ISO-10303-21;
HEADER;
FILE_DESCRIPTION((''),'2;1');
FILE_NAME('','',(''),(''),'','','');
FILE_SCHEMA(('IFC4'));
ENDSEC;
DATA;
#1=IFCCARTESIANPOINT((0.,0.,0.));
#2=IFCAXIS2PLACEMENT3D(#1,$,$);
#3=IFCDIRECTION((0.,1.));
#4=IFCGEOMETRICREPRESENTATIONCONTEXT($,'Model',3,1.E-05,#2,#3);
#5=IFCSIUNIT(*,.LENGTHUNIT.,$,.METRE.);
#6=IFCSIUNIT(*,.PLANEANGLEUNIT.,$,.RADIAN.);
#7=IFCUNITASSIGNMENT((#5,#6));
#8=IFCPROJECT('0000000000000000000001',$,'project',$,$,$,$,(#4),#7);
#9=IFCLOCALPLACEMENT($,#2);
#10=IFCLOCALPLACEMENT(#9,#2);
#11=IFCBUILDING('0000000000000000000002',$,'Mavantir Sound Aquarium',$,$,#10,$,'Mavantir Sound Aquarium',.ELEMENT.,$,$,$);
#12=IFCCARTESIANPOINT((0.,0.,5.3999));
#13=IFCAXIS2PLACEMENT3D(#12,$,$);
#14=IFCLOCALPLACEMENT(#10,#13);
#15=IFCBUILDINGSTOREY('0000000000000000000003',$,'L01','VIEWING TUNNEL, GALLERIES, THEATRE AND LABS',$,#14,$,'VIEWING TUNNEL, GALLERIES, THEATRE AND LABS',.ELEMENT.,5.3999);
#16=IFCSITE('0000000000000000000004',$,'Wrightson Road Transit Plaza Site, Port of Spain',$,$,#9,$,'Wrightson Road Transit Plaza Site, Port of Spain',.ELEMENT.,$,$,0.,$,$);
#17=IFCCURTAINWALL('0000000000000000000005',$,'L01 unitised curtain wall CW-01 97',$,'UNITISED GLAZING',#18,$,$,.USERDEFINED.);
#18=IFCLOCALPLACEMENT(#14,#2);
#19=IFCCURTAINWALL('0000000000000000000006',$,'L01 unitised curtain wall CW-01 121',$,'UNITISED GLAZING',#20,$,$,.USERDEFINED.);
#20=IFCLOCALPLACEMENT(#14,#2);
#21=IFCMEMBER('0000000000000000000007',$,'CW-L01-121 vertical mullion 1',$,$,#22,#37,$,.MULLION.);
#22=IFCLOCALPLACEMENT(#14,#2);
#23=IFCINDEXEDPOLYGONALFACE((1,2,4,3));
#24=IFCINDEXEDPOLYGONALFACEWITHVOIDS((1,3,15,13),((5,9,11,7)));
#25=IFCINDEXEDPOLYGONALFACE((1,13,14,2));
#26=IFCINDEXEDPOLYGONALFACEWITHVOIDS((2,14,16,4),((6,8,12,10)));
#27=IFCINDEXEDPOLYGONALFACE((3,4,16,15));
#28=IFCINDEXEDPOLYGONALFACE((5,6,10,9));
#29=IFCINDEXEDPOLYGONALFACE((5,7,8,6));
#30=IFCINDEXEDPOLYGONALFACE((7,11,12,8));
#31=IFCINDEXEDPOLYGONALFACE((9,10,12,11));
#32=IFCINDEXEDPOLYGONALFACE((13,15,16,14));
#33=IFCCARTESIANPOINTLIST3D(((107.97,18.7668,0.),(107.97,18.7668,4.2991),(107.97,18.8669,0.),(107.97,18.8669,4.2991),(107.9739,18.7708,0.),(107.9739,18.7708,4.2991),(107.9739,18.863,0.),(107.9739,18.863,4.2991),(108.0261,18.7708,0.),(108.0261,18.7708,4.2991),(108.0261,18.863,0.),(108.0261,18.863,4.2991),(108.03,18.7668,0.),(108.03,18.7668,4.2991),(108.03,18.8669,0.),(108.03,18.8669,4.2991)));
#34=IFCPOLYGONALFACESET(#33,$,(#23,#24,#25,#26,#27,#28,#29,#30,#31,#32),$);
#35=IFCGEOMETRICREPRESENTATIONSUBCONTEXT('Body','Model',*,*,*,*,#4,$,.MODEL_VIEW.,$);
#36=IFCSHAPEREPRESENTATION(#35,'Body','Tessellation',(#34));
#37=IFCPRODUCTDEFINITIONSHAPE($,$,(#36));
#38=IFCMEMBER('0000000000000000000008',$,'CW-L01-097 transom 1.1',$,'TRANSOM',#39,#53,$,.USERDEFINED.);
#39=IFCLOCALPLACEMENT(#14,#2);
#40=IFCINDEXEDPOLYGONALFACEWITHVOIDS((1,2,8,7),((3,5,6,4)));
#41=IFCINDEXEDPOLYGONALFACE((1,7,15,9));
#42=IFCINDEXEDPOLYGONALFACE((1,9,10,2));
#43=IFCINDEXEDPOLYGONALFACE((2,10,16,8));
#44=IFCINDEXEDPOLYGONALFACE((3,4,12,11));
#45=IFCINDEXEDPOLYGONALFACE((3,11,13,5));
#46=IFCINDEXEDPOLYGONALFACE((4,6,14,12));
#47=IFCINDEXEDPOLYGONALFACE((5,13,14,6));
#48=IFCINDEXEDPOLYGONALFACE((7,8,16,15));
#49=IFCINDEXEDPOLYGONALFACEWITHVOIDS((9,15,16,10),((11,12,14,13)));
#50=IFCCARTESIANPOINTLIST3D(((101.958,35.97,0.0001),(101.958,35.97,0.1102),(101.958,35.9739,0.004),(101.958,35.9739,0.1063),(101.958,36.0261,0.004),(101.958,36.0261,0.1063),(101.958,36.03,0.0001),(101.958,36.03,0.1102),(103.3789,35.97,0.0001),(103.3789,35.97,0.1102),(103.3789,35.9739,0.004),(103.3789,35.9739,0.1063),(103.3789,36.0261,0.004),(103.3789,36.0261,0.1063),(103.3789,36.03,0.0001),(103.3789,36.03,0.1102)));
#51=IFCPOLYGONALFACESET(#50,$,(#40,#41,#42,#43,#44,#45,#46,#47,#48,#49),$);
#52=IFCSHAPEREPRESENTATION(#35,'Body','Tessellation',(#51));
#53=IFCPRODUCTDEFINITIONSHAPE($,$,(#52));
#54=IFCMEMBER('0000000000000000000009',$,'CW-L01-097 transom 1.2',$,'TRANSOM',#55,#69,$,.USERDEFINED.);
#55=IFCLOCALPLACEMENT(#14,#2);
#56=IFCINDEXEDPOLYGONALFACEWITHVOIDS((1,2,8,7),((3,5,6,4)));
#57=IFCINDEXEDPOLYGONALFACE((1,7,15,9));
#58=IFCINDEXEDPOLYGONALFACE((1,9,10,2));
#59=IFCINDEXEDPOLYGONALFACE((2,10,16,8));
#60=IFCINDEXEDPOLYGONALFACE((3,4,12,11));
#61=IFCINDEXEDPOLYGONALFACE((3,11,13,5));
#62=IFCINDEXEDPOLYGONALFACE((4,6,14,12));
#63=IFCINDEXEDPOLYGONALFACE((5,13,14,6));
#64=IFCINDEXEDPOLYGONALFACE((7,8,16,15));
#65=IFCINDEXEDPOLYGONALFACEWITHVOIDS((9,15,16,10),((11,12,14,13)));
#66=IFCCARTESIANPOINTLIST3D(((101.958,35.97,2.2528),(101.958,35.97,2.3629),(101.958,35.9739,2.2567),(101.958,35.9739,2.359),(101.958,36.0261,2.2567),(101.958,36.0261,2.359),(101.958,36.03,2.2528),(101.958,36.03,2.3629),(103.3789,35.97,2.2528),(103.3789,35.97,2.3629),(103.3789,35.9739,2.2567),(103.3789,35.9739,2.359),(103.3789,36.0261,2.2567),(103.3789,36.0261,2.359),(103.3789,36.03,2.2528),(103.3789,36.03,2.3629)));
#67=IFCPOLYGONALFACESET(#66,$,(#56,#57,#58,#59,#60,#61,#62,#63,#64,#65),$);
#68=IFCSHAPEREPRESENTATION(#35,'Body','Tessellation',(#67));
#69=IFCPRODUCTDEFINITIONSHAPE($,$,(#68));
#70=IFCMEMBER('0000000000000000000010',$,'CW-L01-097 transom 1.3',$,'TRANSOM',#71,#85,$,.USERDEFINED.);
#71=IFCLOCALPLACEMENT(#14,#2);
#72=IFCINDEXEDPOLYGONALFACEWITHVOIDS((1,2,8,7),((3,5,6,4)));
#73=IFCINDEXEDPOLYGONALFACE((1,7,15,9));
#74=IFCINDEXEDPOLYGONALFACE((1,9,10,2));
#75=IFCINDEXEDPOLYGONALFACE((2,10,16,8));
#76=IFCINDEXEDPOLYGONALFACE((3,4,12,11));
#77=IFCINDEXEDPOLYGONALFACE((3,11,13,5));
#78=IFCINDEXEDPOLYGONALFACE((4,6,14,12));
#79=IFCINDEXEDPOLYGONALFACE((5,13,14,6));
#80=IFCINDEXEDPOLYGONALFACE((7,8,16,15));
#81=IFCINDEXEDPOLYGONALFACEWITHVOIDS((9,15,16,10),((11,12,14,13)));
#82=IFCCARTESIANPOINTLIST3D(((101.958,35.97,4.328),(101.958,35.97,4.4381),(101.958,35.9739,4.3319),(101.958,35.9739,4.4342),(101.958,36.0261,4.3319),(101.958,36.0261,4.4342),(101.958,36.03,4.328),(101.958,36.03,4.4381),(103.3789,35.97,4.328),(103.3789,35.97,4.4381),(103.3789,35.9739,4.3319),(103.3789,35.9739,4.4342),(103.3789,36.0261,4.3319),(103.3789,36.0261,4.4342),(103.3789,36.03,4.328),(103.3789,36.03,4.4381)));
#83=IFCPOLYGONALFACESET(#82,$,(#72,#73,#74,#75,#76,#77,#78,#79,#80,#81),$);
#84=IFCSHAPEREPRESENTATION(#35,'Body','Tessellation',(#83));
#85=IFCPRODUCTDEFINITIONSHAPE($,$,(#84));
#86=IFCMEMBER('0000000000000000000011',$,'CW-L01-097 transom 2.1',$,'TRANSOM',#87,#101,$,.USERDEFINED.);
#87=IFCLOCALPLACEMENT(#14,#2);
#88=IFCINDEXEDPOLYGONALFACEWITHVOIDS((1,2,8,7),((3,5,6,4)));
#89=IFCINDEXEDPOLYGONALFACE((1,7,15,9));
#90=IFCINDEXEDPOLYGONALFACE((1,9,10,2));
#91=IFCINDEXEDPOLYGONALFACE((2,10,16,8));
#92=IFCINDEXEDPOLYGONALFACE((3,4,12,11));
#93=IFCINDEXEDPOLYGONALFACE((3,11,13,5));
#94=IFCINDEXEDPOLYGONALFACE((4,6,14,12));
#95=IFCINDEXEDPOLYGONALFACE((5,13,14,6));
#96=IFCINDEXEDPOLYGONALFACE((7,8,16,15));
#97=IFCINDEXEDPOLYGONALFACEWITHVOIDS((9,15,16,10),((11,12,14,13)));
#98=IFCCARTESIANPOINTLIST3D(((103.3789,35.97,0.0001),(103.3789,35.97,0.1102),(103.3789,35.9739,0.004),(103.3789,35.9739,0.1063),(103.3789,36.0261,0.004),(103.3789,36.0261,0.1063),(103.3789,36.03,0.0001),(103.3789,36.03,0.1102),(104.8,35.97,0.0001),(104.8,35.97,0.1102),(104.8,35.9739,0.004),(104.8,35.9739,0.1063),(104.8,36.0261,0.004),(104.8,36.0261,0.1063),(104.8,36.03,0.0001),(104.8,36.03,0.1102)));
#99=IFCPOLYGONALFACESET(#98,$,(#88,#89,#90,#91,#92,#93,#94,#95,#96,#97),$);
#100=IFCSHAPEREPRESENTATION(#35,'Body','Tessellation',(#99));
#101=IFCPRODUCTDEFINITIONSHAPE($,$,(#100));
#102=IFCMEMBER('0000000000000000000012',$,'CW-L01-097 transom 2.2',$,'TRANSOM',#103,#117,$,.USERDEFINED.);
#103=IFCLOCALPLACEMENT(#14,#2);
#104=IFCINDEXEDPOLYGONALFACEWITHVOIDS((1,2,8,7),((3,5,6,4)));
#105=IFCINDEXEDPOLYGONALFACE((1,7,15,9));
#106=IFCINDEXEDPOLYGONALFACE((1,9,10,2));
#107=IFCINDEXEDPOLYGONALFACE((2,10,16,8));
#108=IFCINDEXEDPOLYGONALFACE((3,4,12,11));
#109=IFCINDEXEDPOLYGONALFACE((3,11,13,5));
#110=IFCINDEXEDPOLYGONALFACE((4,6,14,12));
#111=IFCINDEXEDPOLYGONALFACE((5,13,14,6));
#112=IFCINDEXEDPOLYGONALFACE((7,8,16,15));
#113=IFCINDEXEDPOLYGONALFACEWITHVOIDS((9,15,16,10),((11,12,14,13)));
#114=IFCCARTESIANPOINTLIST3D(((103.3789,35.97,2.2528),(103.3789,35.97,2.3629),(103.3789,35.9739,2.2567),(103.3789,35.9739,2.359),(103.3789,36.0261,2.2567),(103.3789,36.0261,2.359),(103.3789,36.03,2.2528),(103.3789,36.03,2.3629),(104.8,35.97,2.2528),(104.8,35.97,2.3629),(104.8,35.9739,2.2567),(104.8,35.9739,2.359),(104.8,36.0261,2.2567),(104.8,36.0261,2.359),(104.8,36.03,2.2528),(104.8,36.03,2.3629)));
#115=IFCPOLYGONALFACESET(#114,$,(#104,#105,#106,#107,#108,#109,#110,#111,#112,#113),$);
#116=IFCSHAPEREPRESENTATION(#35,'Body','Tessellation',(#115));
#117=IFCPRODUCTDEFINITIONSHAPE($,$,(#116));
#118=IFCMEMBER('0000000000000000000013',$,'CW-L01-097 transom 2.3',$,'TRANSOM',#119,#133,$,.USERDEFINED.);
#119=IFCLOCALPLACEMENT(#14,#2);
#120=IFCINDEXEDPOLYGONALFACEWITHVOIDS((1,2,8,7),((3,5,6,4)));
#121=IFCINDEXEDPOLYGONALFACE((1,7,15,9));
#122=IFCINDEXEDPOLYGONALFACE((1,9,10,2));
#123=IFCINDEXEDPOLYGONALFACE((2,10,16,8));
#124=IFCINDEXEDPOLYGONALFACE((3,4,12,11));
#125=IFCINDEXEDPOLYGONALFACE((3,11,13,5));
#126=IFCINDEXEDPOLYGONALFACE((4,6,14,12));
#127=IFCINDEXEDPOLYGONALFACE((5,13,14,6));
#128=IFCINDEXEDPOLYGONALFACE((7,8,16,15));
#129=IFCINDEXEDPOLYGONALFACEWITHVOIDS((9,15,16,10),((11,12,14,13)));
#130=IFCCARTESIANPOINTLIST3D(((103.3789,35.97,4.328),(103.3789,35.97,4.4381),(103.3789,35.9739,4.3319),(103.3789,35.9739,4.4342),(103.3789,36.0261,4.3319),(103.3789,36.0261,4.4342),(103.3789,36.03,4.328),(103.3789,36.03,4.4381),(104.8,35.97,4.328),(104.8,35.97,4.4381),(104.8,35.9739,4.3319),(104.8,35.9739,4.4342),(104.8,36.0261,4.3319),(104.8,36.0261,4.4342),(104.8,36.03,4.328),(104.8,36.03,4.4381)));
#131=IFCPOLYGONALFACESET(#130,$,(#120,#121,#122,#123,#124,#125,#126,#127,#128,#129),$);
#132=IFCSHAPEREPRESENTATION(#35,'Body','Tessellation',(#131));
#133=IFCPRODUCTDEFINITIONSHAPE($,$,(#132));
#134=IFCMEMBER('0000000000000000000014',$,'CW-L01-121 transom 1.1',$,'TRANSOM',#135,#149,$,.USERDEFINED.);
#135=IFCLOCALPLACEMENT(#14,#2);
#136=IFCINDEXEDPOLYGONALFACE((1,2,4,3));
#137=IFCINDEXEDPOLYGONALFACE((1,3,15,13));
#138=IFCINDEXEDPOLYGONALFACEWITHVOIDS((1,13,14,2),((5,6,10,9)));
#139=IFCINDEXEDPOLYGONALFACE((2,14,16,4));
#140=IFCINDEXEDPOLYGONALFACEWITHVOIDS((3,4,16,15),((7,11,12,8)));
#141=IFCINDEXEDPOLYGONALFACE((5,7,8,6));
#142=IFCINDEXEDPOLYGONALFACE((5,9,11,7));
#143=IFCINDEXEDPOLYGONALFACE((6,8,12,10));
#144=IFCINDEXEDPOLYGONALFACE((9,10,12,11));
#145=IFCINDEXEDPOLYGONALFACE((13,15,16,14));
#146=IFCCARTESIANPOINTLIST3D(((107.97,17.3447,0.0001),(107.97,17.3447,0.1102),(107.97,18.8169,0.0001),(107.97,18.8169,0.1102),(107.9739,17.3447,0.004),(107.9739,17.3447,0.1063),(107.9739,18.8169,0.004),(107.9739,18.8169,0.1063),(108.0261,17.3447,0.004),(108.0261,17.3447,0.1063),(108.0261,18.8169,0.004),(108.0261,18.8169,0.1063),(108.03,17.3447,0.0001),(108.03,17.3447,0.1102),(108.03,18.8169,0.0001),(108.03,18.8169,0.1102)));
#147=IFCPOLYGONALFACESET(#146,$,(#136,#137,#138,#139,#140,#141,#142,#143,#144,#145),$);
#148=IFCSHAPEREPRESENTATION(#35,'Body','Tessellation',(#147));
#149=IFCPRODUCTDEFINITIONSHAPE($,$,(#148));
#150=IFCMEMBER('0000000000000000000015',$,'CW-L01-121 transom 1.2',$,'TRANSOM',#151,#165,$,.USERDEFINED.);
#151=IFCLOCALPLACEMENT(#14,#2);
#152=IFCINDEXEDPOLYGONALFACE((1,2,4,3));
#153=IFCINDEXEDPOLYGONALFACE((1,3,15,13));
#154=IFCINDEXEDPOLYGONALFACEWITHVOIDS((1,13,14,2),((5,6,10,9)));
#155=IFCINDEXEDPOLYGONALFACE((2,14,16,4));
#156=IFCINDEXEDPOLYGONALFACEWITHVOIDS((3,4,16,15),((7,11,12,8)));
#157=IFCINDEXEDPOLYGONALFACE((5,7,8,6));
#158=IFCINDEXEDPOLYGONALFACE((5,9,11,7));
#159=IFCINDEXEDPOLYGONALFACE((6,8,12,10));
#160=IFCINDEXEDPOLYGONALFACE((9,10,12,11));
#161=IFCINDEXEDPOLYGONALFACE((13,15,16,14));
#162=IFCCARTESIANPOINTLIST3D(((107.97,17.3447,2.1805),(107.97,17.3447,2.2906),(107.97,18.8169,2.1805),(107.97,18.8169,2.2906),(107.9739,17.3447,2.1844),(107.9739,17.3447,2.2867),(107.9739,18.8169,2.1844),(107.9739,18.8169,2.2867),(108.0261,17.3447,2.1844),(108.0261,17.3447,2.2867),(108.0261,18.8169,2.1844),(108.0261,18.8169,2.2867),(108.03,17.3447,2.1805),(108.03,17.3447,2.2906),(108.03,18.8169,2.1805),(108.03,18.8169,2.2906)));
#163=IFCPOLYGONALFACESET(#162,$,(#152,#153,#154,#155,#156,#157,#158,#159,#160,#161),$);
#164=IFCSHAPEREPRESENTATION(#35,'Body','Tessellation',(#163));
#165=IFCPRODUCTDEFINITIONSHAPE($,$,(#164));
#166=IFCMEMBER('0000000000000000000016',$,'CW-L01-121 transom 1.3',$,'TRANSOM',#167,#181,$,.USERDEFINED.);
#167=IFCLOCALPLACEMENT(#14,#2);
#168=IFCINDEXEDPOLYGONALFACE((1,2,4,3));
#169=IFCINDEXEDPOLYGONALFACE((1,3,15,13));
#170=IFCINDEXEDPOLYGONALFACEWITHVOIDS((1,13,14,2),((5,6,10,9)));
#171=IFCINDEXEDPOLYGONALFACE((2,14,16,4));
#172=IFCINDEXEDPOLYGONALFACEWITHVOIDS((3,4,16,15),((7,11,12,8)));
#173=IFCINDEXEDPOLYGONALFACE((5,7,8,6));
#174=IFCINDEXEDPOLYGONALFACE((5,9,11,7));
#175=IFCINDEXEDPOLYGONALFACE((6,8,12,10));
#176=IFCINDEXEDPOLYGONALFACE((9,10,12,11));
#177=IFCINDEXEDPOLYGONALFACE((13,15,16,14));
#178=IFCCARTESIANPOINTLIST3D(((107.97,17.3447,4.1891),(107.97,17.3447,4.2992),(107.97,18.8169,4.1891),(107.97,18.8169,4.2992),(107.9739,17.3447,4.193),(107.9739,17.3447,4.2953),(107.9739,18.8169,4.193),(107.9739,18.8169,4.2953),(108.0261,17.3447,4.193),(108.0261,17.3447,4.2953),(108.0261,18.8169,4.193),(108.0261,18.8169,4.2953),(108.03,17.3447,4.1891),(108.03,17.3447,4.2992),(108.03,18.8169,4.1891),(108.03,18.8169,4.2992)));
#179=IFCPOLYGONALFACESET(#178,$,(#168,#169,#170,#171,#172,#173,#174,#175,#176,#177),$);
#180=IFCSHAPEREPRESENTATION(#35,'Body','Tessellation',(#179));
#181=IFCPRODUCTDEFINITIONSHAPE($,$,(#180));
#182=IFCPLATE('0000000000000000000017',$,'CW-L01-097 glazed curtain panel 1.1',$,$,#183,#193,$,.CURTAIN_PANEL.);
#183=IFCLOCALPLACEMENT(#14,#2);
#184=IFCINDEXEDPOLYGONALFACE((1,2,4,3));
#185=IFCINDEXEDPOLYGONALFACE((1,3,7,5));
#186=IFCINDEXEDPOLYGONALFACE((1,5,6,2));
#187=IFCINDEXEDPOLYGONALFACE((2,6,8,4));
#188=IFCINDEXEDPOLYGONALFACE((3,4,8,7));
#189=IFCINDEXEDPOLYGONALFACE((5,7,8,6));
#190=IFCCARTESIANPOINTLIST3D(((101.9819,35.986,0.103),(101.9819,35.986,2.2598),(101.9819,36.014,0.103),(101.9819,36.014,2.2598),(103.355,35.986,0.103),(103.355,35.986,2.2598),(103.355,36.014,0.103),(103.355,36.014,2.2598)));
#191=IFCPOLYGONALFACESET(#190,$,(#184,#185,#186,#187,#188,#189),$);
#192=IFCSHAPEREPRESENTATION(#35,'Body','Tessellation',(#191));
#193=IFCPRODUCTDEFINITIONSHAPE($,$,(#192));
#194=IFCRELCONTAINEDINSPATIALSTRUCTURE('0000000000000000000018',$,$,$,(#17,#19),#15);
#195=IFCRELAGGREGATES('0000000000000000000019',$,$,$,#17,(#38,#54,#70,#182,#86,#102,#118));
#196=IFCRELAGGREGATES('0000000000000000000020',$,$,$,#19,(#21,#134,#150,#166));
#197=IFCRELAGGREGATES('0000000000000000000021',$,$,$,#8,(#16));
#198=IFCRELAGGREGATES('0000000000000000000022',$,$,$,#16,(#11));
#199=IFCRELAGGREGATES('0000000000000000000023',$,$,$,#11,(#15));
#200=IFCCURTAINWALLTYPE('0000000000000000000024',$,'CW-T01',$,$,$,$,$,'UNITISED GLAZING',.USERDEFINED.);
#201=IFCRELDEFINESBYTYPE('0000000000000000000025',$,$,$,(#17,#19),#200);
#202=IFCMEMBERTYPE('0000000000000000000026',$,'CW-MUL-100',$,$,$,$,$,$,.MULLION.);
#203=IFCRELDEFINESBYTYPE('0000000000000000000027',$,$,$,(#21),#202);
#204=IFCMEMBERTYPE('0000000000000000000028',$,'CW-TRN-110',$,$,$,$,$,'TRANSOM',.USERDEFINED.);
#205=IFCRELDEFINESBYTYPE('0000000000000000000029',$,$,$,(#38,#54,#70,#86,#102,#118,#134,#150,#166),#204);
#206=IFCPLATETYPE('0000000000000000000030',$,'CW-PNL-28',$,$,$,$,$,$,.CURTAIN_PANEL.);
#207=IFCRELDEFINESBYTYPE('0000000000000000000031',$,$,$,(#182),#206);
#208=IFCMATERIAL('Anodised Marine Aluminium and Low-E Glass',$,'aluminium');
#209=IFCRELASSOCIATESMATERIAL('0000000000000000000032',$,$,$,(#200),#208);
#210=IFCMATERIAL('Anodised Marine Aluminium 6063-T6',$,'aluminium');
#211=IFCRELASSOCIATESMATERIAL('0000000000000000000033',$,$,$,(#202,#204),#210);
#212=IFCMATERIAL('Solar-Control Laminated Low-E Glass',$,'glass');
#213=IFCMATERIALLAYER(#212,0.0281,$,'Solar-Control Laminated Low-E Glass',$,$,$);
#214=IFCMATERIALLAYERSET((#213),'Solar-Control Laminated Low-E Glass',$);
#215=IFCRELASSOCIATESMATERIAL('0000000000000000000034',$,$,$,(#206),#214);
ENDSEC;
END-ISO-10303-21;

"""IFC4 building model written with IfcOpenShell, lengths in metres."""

from ifc_helpers import new_model, si_unit, direction, frame, origin, origin_2d, place, context, subcontext, project, spatial, rectangle, hollow_rectangle, extrude, material, layer, layer_set, material_profile, profile_set, type_object, element, aggregate, save


model = new_model("IFC4")

# Units and contexts
model_context = context("Model", 3, precision=1e-05, world=origin(), true_north=direction((0.0, 1.0)))
body_context = subcontext(model_context, "Body", "Model", "MODEL_VIEW")
ifc_project = project(units=[si_unit("LENGTHUNIT", "METRE"), si_unit("PLANEANGLEUNIT", "RADIAN")], contexts=[model_context])

# Site, building, storey
site_placement = place(None, origin())
site = spatial("IfcSite", under=ifc_project, at=site_placement, Name="Wrightson Road Transit Plaza Site, Port of Spain", LongName="Wrightson Road Transit Plaza Site, Port of Spain", CompositionType="ELEMENT", RefElevation=0.0)
building_placement = place(site_placement, origin())
building = spatial("IfcBuilding", under=site, at=building_placement, Name="Mavantir Sound Aquarium", LongName="Mavantir Sound Aquarium", CompositionType="ELEMENT")
storey_placement = place(building_placement, frame((0.0, 0.0, 5.3999)))
storey = spatial("IfcBuildingStorey", under=building, at=storey_placement, Name="L01", Description="VIEWING TUNNEL, GALLERIES, THEATRE AND LABS", LongName="VIEWING TUNNEL, GALLERIES, THEATRE AND LABS", CompositionType="ELEMENT", Elevation=5.3999)

# Curtain wall
ifc_material_1 = material(Name="Anodised Marine Aluminium and Low-E Glass", Category="aluminium")
curtain_wall_type = type_object("IfcCurtainWallType", Name="CW-T01", ElementType="UNITISED GLAZING", PredefinedType="USERDEFINED", material=ifc_material_1)
curtain_wall_1_placement = place(storey_placement, origin())
curtain_wall_1 = element("IfcCurtainWall", 1, at=curtain_wall_1_placement, inside=storey, type_object=curtain_wall_type, Name="L01 unitised curtain wall CW-01 97", ObjectType="UNITISED GLAZING", PredefinedType="USERDEFINED")
ifc_material_2 = material(Name="Anodised Marine Aluminium 6063-T6", Category="aluminium")
ifc_material_profile_1 = material_profile(ifc_material_2, hollow_rectangle(XDim=0.0601, YDim=0.1001, WallThickness=0.0039, at=origin_2d()), Name="ALU-MULLION-100X60")
ifc_profile_set_1 = profile_set([ifc_material_profile_1], Name="Anodised Marine Aluminium 6063-T6")
member_type_1 = type_object("IfcMemberType", Name="CW-MUL-100", PredefinedType="MULLION", material=ifc_profile_set_1)

# Curtain wall, member
curtain_wall_2_placement = place(storey_placement, origin())
curtain_wall_2 = element("IfcCurtainWall", 2, at=curtain_wall_2_placement, inside=storey, type_object=curtain_wall_type, Name="L01 unitised curtain wall CW-01 121", ObjectType="UNITISED GLAZING", PredefinedType="USERDEFINED")
member_1_placement = place(storey_placement, frame((108.0, 18.8169, 0.0), z_axis=(0.0, 0.0, 1.0), x_axis=(1.0, 0.0, 0.0)))
member_1 = element("IfcMember", 3, at=member_1_placement, type_object=member_type_1, Name="CW-L01-121 vertical mullion 1", PredefinedType="MULLION", context=body_context, shape_type="SweptSolid", body=[
    extrude(hollow_rectangle(XDim=0.0601, YDim=0.1001, WallThickness=0.0039, at=origin_2d()), origin(), (0.0, 0.0, 1.0), 4.2991),
])

# Members
ifc_material_profile_2 = material_profile(ifc_material_2, hollow_rectangle(XDim=0.0601, YDim=0.1101, WallThickness=0.0039, at=origin_2d()), Name="ALU-TRANSOM-110X60")
ifc_profile_set_2 = profile_set([ifc_material_profile_2], Name="Anodised Marine Aluminium 6063-T6")
member_type_2 = type_object("IfcMemberType", Name="CW-TRN-110", ElementType="TRANSOM", PredefinedType="USERDEFINED", material=ifc_profile_set_2)
member_2_placement = place(storey_placement, frame((101.958, 36.0, 0.0552), z_axis=(1.0, 0.0, 0.0), x_axis=(0.0, 1.0, 0.0)))
member_2 = element("IfcMember", 4, at=member_2_placement, type_object=member_type_2, Name="CW-L01-097 transom 1.1", ObjectType="TRANSOM", PredefinedType="USERDEFINED", context=body_context, shape_type="SweptSolid", body=[
    extrude(hollow_rectangle(XDim=0.0601, YDim=0.1101, WallThickness=0.0039, at=origin_2d()), origin(), (0.0, 0.0, 1.0), 1.4209),
])
member_3_placement = place(storey_placement, frame((101.958, 36.0, 2.3079), z_axis=(1.0, 0.0, 0.0), x_axis=(0.0, 1.0, 0.0)))
member_3 = element("IfcMember", 5, at=member_3_placement, type_object=member_type_2, Name="CW-L01-097 transom 1.2", ObjectType="TRANSOM", PredefinedType="USERDEFINED", context=body_context, shape_type="SweptSolid", body=[
    extrude(hollow_rectangle(XDim=0.0601, YDim=0.1101, WallThickness=0.0039, at=origin_2d()), origin(), (0.0, 0.0, 1.0), 1.4209),
])
member_4_placement = place(storey_placement, frame((101.958, 36.0, 4.3831), z_axis=(1.0, 0.0, 0.0), x_axis=(0.0, 1.0, 0.0)))
member_4 = element("IfcMember", 6, at=member_4_placement, type_object=member_type_2, Name="CW-L01-097 transom 1.3", ObjectType="TRANSOM", PredefinedType="USERDEFINED", context=body_context, shape_type="SweptSolid", body=[
    extrude(hollow_rectangle(XDim=0.0601, YDim=0.1101, WallThickness=0.0039, at=origin_2d()), origin(), (0.0, 0.0, 1.0), 1.4209),
])
member_5_placement = place(storey_placement, frame((103.3789, 36.0, 0.0552), z_axis=(1.0, 0.0, 0.0), x_axis=(0.0, 1.0, 0.0)))
member_5 = element("IfcMember", 7, at=member_5_placement, type_object=member_type_2, Name="CW-L01-097 transom 2.1", ObjectType="TRANSOM", PredefinedType="USERDEFINED", context=body_context, shape_type="SweptSolid", body=[
    extrude(hollow_rectangle(XDim=0.0601, YDim=0.1101, WallThickness=0.0039, at=origin_2d()), origin(), (0.0, 0.0, 1.0), 1.4211),
])
member_6_placement = place(storey_placement, frame((103.3789, 36.0, 2.3079), z_axis=(1.0, 0.0, 0.0), x_axis=(0.0, 1.0, 0.0)))
member_6 = element("IfcMember", 8, at=member_6_placement, type_object=member_type_2, Name="CW-L01-097 transom 2.2", ObjectType="TRANSOM", PredefinedType="USERDEFINED", context=body_context, shape_type="SweptSolid", body=[
    extrude(hollow_rectangle(XDim=0.0601, YDim=0.1101, WallThickness=0.0039, at=origin_2d()), origin(), (0.0, 0.0, 1.0), 1.4211),
])
member_7_placement = place(storey_placement, frame((103.3789, 36.0, 4.3831), z_axis=(1.0, 0.0, 0.0), x_axis=(0.0, 1.0, 0.0)))
member_7 = element("IfcMember", 9, at=member_7_placement, type_object=member_type_2, Name="CW-L01-097 transom 2.3", ObjectType="TRANSOM", PredefinedType="USERDEFINED", context=body_context, shape_type="SweptSolid", body=[
    extrude(hollow_rectangle(XDim=0.0601, YDim=0.1101, WallThickness=0.0039, at=origin_2d()), origin(), (0.0, 0.0, 1.0), 1.4211),
])
member_8_placement = place(storey_placement, frame((108.0, 18.8169, 0.0552), z_axis=(0.0, -1.0, 0.0), x_axis=(1.0, 0.0, 0.0)))
member_8 = element("IfcMember", 10, at=member_8_placement, type_object=member_type_2, Name="CW-L01-121 transom 1.1", ObjectType="TRANSOM", PredefinedType="USERDEFINED", context=body_context, shape_type="SweptSolid", body=[
    extrude(hollow_rectangle(XDim=0.0601, YDim=0.1101, WallThickness=0.0039, at=origin_2d()), origin(), (0.0, 0.0, 1.0), 1.4722),
])
member_9_placement = place(storey_placement, frame((108.0, 18.8169, 2.2356), z_axis=(0.0, -1.0, 0.0), x_axis=(1.0, 0.0, 0.0)))
member_9 = element("IfcMember", 11, at=member_9_placement, type_object=member_type_2, Name="CW-L01-121 transom 1.2", ObjectType="TRANSOM", PredefinedType="USERDEFINED", context=body_context, shape_type="SweptSolid", body=[
    extrude(hollow_rectangle(XDim=0.0601, YDim=0.1101, WallThickness=0.0039, at=origin_2d()), origin(), (0.0, 0.0, 1.0), 1.4722),
])
member_10_placement = place(storey_placement, frame((108.0, 18.8169, 4.2441), z_axis=(0.0, -1.0, 0.0), x_axis=(1.0, 0.0, 0.0)))
member_10 = element("IfcMember", 12, at=member_10_placement, type_object=member_type_2, Name="CW-L01-121 transom 1.3", ObjectType="TRANSOM", PredefinedType="USERDEFINED", context=body_context, shape_type="SweptSolid", body=[
    extrude(hollow_rectangle(XDim=0.0601, YDim=0.1101, WallThickness=0.0039, at=origin_2d()), origin(), (0.0, 0.0, 1.0), 1.4722),
])

# Plate
ifc_material_3 = material(Name="Solar-Control Laminated Low-E Glass", Category="glass")
ifc_layer_1 = layer(ifc_material_3, 0.0281, Name="Solar-Control Laminated Low-E Glass")
ifc_layer_set_1 = layer_set([ifc_layer_1], Name="Solar-Control Laminated Low-E Glass")
plate_type_1 = type_object("IfcPlateType", Name="CW-PNL-28", PredefinedType="CURTAIN_PANEL", material=ifc_layer_set_1)
plate_1_placement = place(storey_placement, frame((102.6685, 36.0, 0.103), z_axis=(0.0, 0.0, 1.0), x_axis=(1.0, 0.0, 0.0)))
plate_1 = element("IfcPlate", 13, at=plate_1_placement, type_object=plate_type_1, Name="CW-L01-097 glazed curtain panel 1.1", PredefinedType="CURTAIN_PANEL", context=body_context, shape_type="SweptSolid", body=[
    extrude(rectangle(XDim=1.373, YDim=0.0281, at=origin_2d()), origin(), (0.0, 0.0, 1.0), 2.1567),
])
aggregate(curtain_wall_1, [member_2, member_3, member_4, plate_1, member_5, member_6, member_7])
aggregate(curtain_wall_2, [member_1, member_8, member_9, member_10])

save(model, "model.ifc")
